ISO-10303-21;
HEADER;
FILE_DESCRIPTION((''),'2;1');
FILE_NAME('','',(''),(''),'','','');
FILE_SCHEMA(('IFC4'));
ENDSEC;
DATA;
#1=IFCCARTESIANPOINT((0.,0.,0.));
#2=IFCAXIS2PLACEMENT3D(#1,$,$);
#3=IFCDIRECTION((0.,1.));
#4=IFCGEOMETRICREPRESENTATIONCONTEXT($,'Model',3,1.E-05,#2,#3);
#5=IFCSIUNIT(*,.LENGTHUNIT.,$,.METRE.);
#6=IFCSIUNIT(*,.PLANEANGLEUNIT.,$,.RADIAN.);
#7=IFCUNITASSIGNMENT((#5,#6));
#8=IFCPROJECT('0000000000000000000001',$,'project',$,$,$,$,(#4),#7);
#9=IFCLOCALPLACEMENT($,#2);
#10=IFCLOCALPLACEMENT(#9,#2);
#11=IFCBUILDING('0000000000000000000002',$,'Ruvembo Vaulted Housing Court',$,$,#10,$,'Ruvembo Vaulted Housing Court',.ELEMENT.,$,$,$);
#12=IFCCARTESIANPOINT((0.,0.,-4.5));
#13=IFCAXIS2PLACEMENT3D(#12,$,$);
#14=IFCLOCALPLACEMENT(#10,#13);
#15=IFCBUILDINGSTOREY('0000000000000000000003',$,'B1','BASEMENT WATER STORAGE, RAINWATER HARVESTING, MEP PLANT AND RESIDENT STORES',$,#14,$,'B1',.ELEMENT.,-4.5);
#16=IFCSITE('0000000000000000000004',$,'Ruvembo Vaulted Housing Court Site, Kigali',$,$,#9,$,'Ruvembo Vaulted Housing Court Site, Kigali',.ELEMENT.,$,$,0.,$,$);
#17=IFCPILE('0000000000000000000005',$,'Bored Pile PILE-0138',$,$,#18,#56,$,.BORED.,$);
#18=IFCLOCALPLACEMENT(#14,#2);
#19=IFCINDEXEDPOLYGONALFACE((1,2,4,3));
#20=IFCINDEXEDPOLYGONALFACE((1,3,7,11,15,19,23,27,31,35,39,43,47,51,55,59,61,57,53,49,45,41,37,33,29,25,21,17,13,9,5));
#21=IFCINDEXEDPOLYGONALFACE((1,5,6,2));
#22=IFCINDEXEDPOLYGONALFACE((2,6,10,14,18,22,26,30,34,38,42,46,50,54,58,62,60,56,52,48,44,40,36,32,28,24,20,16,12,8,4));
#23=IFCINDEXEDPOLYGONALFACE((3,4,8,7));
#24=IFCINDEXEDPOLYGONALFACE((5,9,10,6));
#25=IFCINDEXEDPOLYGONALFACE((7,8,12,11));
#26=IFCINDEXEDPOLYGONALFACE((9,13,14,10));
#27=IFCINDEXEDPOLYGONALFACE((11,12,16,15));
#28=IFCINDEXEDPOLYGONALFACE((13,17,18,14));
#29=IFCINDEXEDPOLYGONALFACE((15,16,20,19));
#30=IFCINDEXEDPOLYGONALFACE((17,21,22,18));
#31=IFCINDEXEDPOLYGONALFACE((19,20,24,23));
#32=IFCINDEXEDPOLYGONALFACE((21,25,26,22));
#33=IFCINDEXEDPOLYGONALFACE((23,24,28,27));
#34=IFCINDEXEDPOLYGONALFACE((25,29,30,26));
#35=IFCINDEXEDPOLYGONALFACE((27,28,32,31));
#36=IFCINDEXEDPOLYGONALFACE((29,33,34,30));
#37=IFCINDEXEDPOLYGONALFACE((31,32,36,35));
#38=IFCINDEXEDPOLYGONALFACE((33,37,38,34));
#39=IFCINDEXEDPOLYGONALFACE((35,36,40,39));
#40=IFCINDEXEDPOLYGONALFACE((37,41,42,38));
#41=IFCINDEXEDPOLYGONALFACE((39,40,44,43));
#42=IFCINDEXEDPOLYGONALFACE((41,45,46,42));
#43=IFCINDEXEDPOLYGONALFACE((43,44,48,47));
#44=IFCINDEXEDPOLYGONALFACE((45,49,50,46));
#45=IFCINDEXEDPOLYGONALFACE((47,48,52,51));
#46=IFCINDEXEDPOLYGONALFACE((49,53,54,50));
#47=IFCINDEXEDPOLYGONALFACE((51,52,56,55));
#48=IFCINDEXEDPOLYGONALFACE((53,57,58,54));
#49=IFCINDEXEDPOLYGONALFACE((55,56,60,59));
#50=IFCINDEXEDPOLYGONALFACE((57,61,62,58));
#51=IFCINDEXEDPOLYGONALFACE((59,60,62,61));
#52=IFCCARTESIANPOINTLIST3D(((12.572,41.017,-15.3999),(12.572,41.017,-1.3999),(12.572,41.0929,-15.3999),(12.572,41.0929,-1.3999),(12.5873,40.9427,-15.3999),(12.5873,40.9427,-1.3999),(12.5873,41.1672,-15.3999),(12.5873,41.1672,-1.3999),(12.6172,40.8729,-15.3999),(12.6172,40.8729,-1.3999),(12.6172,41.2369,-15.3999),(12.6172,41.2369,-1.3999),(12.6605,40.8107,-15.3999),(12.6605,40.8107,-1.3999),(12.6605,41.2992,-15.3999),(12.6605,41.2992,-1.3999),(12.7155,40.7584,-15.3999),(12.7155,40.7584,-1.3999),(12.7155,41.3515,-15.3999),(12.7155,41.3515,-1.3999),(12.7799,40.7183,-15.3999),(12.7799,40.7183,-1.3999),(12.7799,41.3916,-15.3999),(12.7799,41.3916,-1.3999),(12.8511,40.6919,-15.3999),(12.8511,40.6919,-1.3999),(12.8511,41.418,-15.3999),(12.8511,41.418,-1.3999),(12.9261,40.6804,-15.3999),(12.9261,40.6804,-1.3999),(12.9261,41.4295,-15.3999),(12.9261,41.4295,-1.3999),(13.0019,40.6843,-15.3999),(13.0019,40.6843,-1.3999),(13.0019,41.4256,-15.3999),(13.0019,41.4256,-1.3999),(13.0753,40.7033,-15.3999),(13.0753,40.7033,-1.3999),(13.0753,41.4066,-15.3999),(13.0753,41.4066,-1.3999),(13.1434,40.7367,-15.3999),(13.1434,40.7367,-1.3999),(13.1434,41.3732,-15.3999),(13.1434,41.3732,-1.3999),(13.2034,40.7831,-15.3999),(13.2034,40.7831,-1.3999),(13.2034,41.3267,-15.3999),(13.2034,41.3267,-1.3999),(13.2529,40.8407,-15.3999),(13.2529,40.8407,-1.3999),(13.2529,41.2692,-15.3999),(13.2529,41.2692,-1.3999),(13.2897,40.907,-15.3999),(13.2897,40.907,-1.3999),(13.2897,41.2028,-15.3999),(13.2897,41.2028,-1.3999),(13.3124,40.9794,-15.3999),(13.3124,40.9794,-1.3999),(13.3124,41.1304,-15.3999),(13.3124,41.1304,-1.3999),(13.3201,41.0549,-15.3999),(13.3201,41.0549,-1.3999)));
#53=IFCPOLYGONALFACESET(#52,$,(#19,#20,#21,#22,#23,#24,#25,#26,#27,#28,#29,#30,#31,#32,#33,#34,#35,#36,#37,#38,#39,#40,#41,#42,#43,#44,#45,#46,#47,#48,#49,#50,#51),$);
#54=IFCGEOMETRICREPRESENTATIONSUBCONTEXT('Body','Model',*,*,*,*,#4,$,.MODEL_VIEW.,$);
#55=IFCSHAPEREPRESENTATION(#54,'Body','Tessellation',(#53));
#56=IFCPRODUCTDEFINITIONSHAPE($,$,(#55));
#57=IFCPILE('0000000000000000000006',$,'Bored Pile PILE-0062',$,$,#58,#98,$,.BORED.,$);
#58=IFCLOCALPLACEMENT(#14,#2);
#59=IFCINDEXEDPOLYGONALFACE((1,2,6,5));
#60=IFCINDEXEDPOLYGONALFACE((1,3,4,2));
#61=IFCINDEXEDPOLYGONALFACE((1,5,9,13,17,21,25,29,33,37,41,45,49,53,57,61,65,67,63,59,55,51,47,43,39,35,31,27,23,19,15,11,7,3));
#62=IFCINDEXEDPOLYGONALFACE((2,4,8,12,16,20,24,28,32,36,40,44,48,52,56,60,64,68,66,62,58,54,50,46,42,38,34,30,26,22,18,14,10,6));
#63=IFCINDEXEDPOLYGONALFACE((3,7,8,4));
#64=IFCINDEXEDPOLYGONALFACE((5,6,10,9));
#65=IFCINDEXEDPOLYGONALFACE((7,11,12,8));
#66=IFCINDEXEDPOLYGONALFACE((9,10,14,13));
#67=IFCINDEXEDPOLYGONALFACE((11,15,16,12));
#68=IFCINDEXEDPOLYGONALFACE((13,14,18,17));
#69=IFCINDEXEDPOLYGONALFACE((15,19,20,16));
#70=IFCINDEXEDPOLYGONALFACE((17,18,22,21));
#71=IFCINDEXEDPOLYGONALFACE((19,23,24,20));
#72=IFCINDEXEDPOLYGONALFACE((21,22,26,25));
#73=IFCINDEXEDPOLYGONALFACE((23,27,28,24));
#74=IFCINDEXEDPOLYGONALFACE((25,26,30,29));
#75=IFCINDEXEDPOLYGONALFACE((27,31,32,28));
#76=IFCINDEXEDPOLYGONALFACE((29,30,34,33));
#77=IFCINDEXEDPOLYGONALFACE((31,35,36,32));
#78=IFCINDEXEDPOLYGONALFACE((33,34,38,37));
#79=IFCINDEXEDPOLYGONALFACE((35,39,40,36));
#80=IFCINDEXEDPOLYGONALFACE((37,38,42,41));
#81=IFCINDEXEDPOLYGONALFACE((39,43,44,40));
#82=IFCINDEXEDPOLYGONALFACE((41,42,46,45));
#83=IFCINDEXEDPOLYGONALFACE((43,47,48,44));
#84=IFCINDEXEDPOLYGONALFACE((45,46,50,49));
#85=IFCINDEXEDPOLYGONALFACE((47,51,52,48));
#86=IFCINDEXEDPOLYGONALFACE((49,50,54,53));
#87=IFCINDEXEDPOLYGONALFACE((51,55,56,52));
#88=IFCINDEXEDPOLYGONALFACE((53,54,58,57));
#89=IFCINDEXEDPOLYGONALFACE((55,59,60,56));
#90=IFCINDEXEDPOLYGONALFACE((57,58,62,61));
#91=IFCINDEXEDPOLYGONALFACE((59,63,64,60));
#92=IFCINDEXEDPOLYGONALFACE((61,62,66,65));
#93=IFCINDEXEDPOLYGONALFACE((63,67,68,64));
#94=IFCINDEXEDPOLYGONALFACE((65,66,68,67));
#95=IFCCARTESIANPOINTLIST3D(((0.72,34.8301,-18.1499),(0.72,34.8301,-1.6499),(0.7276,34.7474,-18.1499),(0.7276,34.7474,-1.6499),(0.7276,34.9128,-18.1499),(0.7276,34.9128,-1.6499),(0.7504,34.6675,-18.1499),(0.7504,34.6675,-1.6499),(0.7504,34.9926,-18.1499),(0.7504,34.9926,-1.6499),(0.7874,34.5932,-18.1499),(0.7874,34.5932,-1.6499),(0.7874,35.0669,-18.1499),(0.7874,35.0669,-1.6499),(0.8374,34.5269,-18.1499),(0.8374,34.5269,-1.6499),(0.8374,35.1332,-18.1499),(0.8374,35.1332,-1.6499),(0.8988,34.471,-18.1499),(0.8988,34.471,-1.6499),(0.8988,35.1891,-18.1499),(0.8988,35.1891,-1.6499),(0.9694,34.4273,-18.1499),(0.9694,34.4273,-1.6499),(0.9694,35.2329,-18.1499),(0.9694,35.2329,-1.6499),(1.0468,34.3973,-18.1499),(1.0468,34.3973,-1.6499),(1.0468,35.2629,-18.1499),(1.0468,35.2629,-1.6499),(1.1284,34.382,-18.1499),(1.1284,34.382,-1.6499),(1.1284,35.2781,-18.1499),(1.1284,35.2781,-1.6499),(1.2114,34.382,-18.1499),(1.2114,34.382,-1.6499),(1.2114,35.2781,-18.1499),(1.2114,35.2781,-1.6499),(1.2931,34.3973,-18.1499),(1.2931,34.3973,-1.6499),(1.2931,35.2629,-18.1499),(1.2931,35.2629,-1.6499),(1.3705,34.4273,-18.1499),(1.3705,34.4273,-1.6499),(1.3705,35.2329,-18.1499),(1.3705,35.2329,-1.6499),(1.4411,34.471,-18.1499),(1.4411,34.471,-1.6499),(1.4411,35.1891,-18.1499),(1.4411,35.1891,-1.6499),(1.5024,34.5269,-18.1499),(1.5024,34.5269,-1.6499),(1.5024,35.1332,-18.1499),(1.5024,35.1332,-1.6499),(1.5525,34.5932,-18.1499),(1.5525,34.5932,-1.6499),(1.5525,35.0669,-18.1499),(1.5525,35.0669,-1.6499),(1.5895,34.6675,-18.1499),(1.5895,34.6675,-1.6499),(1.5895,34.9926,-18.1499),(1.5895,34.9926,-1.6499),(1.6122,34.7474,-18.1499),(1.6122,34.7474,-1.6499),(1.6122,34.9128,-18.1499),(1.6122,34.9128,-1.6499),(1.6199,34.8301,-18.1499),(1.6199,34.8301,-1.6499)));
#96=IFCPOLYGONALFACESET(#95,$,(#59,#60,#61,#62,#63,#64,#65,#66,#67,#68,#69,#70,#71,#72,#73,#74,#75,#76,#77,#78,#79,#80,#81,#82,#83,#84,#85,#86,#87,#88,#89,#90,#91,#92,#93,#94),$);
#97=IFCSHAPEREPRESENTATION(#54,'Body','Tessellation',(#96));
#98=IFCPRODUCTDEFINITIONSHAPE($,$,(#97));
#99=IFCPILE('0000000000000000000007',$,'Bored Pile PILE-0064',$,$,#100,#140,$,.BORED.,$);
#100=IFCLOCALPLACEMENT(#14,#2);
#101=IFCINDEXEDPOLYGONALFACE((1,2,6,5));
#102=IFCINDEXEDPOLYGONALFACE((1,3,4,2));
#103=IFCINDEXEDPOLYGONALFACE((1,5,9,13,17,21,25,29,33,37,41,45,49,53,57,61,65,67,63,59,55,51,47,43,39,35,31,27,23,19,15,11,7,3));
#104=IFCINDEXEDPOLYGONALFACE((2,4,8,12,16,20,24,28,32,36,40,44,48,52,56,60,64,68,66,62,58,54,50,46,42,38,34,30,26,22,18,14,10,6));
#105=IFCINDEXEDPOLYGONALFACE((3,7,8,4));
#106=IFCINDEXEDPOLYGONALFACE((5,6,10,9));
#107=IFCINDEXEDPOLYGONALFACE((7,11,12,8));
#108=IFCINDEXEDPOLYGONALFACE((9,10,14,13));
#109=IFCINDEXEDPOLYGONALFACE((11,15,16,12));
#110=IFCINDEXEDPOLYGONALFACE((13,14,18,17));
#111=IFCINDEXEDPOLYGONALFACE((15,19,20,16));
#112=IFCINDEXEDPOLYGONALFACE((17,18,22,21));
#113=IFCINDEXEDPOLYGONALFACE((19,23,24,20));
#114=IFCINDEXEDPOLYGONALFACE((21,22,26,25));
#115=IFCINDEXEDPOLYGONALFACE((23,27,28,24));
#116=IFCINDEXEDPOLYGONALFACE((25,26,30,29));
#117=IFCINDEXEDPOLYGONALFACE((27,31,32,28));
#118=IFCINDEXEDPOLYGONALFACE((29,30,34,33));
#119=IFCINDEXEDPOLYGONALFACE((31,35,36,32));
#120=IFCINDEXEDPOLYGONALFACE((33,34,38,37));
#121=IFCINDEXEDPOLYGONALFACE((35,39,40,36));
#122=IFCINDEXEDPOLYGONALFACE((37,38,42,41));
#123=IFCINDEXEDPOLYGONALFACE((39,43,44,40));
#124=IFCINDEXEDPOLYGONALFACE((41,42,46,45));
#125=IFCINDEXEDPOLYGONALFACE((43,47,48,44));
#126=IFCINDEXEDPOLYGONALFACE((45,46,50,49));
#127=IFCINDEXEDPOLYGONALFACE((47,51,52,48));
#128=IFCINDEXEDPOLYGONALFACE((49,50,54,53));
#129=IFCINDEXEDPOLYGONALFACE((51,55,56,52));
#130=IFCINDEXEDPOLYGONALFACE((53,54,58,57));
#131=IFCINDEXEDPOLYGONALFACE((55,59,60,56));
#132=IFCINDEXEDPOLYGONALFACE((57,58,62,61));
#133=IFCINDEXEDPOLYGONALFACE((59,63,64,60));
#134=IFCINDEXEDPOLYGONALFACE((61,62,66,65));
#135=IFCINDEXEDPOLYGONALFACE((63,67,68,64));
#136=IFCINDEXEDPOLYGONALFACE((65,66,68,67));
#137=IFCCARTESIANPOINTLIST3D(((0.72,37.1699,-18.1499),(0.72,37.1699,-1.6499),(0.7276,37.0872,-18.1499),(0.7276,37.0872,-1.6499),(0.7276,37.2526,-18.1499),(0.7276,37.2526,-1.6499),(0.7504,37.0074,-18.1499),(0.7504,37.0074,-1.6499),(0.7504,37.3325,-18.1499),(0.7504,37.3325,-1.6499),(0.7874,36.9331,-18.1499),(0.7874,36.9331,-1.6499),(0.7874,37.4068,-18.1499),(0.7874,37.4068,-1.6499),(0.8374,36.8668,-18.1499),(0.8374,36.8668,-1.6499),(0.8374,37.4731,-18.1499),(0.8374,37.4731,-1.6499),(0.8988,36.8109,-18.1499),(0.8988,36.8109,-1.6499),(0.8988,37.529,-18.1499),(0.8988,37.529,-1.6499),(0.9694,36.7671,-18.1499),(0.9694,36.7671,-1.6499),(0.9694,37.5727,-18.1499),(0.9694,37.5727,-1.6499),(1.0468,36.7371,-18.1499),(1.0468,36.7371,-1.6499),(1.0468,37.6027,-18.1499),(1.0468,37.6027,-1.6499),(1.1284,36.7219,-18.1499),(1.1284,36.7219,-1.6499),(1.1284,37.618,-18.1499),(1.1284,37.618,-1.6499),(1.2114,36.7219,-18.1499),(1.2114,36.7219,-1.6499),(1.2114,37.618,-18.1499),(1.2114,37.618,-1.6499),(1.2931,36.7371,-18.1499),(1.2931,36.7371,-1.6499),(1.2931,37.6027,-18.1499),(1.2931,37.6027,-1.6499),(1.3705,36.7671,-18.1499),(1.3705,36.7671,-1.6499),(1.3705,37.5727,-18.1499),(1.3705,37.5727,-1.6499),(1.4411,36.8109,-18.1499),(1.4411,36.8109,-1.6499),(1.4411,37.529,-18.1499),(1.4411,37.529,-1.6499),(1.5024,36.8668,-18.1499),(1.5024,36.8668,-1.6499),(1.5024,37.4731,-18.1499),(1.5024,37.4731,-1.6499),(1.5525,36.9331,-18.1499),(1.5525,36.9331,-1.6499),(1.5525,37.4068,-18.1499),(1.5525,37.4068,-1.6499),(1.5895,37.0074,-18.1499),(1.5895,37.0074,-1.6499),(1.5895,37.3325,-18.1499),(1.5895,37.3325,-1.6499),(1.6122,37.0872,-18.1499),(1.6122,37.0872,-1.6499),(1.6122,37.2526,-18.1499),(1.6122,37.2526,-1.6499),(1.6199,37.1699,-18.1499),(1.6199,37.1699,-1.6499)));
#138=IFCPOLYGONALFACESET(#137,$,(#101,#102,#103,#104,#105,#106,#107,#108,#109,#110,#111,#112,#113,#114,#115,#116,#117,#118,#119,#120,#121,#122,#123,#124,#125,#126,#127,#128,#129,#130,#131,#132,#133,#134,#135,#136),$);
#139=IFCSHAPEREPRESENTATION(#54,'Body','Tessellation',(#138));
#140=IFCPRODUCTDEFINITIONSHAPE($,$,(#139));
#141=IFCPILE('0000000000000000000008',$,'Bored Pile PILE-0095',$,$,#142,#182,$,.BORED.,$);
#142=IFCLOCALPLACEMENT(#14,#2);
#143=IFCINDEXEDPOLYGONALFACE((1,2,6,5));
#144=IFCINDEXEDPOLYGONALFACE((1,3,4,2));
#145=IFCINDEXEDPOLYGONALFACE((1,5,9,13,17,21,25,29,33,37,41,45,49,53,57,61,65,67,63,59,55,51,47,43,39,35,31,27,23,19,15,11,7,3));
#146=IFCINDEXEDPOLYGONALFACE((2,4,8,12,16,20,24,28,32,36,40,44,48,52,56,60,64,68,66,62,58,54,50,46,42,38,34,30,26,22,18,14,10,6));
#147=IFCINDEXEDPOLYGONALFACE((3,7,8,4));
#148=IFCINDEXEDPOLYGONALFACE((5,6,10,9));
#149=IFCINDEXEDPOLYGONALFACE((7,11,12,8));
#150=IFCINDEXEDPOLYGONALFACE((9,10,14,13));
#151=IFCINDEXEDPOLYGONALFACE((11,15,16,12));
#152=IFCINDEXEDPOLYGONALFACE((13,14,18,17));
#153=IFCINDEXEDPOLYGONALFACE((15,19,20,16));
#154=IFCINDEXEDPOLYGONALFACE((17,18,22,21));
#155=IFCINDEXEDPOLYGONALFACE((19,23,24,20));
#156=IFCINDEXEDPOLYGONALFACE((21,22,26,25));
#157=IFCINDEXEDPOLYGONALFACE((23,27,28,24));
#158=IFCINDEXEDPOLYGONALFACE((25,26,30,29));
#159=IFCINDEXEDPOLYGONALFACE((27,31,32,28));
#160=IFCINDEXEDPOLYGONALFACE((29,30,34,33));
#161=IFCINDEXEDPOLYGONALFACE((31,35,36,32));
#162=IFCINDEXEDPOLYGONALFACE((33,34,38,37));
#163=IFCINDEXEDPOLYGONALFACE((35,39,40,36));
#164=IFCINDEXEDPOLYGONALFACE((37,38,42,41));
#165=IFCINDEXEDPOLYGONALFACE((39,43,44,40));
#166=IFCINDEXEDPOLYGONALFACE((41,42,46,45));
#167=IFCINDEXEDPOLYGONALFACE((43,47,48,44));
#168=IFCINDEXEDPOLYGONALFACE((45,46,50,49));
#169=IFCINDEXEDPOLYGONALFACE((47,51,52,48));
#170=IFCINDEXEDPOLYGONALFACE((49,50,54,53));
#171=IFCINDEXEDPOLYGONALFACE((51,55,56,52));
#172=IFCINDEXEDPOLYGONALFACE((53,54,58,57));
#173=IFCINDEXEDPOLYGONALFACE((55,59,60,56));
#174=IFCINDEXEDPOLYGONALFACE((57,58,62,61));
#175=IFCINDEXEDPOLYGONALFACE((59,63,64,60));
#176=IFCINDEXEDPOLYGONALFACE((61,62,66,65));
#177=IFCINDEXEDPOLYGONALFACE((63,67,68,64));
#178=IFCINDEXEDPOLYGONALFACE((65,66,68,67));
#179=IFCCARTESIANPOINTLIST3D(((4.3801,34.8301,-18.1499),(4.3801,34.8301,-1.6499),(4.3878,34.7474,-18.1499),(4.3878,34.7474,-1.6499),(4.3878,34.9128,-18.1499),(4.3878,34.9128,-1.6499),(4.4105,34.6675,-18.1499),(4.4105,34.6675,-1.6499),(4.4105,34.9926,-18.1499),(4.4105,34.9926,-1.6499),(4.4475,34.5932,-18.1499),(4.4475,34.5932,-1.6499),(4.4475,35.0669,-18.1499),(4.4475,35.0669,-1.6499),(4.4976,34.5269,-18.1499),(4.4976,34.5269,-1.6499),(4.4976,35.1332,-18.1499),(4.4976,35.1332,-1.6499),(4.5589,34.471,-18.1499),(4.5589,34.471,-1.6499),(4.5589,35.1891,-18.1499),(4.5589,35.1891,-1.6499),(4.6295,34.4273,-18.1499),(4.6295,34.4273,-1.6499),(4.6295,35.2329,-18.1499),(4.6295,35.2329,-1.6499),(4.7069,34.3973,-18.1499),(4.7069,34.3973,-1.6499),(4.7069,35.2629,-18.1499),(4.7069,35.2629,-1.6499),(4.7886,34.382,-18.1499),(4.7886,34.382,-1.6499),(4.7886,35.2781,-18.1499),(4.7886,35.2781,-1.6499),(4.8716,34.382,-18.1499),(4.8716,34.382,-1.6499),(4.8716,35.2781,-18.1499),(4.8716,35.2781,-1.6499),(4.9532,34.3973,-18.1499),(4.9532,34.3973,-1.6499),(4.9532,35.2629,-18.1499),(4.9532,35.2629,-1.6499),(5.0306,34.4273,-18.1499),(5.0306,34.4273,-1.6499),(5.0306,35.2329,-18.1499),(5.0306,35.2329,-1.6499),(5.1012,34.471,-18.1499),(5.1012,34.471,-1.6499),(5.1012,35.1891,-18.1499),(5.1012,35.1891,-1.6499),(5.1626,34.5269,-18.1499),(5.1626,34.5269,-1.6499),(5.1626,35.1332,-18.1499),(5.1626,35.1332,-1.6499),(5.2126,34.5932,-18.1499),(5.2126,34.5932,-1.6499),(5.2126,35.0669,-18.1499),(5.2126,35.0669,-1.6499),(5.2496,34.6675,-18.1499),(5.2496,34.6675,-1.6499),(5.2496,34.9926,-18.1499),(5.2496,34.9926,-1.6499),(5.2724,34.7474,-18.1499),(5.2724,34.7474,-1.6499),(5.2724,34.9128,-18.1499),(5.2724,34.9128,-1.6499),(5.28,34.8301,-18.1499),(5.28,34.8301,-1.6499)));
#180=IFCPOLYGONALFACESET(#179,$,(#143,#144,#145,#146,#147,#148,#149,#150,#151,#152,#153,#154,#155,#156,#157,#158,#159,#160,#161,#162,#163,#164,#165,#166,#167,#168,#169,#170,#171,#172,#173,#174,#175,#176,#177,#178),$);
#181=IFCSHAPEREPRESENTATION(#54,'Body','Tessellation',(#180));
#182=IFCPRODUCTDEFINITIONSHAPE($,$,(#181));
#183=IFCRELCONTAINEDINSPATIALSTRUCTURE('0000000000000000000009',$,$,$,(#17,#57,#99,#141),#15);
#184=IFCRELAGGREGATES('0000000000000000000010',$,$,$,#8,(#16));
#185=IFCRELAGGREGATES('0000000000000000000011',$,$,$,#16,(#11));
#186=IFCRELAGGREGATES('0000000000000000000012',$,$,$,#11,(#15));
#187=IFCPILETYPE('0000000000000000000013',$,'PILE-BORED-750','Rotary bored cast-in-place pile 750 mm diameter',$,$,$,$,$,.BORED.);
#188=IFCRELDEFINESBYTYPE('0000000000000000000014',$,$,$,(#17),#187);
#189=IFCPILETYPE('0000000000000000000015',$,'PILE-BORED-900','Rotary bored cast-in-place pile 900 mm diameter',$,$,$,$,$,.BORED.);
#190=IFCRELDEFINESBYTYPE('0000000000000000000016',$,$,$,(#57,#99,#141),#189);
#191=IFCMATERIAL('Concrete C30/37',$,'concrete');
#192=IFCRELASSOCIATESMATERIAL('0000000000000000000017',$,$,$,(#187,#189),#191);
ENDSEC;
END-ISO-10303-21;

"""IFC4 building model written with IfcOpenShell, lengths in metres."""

from ifc_helpers import new_model, si_unit, direction, frame, origin, origin_2d, place, context, subcontext, project, spatial, circle, extrude, material, material_profile, profile_set, type_object, element, save


model = new_model("IFC4")

# Units and contexts
model_context = context("Model", 3, precision=1e-05, world=origin(), true_north=direction((0.0, 1.0)))
body_context = subcontext(model_context, "Body", "Model", "MODEL_VIEW")
ifc_project = project(units=[si_unit("LENGTHUNIT", "METRE"), si_unit("PLANEANGLEUNIT", "RADIAN")], contexts=[model_context])

# Site, building, storey
site_placement = place(None, origin())
site = spatial("IfcSite", under=ifc_project, at=site_placement, Name="Ruvembo Vaulted Housing Court Site, Kigali", LongName="Ruvembo Vaulted Housing Court Site, Kigali", CompositionType="ELEMENT", RefElevation=0.0)
building_placement = place(site_placement, origin())
building = spatial("IfcBuilding", under=site, at=building_placement, Name="Ruvembo Vaulted Housing Court", LongName="Ruvembo Vaulted Housing Court", CompositionType="ELEMENT")
storey_placement = place(building_placement, frame((0.0, 0.0, -4.5)))
storey = spatial("IfcBuildingStorey", under=building, at=storey_placement, Name="B1", Description="BASEMENT WATER STORAGE, RAINWATER HARVESTING, MEP PLANT AND RESIDENT STORES", LongName="B1", CompositionType="ELEMENT", Elevation=-4.5)

# Piles
ifc_material_1 = material(Name="Concrete C30/37", Category="concrete")
ifc_material_profile_1 = material_profile(ifc_material_1, circle(Radius=0.375, at=origin_2d()), Name="PILE D750")
ifc_profile_set_1 = profile_set([ifc_material_profile_1], Name="Concrete C30/37")
pile_type_1 = type_object("IfcPileType", Name="PILE-BORED-750", Description="Rotary bored cast-in-place pile 750 mm diameter", PredefinedType="BORED", material=ifc_profile_set_1)
for number, where, z_axis, x_axis, name in (
    (1, (12.9451, 41.0549, -1.3999), (0.0, 0.0, -1.0), (1.0, 0.0, 0.0), "Bored Pile PILE-0138"),
):
    element("IfcPile", number, at=place(storey_placement, frame(where, z_axis=z_axis, x_axis=x_axis)), inside=storey, type_object=pile_type_1, Name=name, PredefinedType="BORED", context=body_context, shape_type="SweptSolid", body=[
        extrude(circle(Radius=0.375, at=origin_2d()), origin(), (0.0, 0.0, 1.0), 14.0),
    ])
ifc_material_profile_2 = material_profile(ifc_material_1, circle(Radius=0.45, at=origin_2d()), Name="PILE D900")
ifc_profile_set_2 = profile_set([ifc_material_profile_2], Name="Concrete C30/37")
pile_type_2 = type_object("IfcPileType", Name="PILE-BORED-900", Description="Rotary bored cast-in-place pile 900 mm diameter", PredefinedType="BORED", material=ifc_profile_set_2)
for number, where, z_axis, x_axis, name in (
    (2, (1.1699, 34.8301, -1.6499), (0.0, 0.0, -1.0), (1.0, 0.0, 0.0), "Bored Pile PILE-0062"),
    (3, (1.1699, 37.1699, -1.6499), (0.0, 0.0, -1.0), (1.0, 0.0, 0.0), "Bored Pile PILE-0064"),
    (4, (4.8301, 34.8301, -1.6499), (0.0, 0.0, -1.0), (1.0, 0.0, 0.0), "Bored Pile PILE-0095"),
):
    element("IfcPile", number, at=place(storey_placement, frame(where, z_axis=z_axis, x_axis=x_axis)), inside=storey, type_object=pile_type_2, Name=name, PredefinedType="BORED", context=body_context, shape_type="SweptSolid", body=[
        extrude(circle(Radius=0.45, at=origin_2d()), origin(), (0.0, 0.0, 1.0), 16.5),
    ])

save(model, "model.ifc")
